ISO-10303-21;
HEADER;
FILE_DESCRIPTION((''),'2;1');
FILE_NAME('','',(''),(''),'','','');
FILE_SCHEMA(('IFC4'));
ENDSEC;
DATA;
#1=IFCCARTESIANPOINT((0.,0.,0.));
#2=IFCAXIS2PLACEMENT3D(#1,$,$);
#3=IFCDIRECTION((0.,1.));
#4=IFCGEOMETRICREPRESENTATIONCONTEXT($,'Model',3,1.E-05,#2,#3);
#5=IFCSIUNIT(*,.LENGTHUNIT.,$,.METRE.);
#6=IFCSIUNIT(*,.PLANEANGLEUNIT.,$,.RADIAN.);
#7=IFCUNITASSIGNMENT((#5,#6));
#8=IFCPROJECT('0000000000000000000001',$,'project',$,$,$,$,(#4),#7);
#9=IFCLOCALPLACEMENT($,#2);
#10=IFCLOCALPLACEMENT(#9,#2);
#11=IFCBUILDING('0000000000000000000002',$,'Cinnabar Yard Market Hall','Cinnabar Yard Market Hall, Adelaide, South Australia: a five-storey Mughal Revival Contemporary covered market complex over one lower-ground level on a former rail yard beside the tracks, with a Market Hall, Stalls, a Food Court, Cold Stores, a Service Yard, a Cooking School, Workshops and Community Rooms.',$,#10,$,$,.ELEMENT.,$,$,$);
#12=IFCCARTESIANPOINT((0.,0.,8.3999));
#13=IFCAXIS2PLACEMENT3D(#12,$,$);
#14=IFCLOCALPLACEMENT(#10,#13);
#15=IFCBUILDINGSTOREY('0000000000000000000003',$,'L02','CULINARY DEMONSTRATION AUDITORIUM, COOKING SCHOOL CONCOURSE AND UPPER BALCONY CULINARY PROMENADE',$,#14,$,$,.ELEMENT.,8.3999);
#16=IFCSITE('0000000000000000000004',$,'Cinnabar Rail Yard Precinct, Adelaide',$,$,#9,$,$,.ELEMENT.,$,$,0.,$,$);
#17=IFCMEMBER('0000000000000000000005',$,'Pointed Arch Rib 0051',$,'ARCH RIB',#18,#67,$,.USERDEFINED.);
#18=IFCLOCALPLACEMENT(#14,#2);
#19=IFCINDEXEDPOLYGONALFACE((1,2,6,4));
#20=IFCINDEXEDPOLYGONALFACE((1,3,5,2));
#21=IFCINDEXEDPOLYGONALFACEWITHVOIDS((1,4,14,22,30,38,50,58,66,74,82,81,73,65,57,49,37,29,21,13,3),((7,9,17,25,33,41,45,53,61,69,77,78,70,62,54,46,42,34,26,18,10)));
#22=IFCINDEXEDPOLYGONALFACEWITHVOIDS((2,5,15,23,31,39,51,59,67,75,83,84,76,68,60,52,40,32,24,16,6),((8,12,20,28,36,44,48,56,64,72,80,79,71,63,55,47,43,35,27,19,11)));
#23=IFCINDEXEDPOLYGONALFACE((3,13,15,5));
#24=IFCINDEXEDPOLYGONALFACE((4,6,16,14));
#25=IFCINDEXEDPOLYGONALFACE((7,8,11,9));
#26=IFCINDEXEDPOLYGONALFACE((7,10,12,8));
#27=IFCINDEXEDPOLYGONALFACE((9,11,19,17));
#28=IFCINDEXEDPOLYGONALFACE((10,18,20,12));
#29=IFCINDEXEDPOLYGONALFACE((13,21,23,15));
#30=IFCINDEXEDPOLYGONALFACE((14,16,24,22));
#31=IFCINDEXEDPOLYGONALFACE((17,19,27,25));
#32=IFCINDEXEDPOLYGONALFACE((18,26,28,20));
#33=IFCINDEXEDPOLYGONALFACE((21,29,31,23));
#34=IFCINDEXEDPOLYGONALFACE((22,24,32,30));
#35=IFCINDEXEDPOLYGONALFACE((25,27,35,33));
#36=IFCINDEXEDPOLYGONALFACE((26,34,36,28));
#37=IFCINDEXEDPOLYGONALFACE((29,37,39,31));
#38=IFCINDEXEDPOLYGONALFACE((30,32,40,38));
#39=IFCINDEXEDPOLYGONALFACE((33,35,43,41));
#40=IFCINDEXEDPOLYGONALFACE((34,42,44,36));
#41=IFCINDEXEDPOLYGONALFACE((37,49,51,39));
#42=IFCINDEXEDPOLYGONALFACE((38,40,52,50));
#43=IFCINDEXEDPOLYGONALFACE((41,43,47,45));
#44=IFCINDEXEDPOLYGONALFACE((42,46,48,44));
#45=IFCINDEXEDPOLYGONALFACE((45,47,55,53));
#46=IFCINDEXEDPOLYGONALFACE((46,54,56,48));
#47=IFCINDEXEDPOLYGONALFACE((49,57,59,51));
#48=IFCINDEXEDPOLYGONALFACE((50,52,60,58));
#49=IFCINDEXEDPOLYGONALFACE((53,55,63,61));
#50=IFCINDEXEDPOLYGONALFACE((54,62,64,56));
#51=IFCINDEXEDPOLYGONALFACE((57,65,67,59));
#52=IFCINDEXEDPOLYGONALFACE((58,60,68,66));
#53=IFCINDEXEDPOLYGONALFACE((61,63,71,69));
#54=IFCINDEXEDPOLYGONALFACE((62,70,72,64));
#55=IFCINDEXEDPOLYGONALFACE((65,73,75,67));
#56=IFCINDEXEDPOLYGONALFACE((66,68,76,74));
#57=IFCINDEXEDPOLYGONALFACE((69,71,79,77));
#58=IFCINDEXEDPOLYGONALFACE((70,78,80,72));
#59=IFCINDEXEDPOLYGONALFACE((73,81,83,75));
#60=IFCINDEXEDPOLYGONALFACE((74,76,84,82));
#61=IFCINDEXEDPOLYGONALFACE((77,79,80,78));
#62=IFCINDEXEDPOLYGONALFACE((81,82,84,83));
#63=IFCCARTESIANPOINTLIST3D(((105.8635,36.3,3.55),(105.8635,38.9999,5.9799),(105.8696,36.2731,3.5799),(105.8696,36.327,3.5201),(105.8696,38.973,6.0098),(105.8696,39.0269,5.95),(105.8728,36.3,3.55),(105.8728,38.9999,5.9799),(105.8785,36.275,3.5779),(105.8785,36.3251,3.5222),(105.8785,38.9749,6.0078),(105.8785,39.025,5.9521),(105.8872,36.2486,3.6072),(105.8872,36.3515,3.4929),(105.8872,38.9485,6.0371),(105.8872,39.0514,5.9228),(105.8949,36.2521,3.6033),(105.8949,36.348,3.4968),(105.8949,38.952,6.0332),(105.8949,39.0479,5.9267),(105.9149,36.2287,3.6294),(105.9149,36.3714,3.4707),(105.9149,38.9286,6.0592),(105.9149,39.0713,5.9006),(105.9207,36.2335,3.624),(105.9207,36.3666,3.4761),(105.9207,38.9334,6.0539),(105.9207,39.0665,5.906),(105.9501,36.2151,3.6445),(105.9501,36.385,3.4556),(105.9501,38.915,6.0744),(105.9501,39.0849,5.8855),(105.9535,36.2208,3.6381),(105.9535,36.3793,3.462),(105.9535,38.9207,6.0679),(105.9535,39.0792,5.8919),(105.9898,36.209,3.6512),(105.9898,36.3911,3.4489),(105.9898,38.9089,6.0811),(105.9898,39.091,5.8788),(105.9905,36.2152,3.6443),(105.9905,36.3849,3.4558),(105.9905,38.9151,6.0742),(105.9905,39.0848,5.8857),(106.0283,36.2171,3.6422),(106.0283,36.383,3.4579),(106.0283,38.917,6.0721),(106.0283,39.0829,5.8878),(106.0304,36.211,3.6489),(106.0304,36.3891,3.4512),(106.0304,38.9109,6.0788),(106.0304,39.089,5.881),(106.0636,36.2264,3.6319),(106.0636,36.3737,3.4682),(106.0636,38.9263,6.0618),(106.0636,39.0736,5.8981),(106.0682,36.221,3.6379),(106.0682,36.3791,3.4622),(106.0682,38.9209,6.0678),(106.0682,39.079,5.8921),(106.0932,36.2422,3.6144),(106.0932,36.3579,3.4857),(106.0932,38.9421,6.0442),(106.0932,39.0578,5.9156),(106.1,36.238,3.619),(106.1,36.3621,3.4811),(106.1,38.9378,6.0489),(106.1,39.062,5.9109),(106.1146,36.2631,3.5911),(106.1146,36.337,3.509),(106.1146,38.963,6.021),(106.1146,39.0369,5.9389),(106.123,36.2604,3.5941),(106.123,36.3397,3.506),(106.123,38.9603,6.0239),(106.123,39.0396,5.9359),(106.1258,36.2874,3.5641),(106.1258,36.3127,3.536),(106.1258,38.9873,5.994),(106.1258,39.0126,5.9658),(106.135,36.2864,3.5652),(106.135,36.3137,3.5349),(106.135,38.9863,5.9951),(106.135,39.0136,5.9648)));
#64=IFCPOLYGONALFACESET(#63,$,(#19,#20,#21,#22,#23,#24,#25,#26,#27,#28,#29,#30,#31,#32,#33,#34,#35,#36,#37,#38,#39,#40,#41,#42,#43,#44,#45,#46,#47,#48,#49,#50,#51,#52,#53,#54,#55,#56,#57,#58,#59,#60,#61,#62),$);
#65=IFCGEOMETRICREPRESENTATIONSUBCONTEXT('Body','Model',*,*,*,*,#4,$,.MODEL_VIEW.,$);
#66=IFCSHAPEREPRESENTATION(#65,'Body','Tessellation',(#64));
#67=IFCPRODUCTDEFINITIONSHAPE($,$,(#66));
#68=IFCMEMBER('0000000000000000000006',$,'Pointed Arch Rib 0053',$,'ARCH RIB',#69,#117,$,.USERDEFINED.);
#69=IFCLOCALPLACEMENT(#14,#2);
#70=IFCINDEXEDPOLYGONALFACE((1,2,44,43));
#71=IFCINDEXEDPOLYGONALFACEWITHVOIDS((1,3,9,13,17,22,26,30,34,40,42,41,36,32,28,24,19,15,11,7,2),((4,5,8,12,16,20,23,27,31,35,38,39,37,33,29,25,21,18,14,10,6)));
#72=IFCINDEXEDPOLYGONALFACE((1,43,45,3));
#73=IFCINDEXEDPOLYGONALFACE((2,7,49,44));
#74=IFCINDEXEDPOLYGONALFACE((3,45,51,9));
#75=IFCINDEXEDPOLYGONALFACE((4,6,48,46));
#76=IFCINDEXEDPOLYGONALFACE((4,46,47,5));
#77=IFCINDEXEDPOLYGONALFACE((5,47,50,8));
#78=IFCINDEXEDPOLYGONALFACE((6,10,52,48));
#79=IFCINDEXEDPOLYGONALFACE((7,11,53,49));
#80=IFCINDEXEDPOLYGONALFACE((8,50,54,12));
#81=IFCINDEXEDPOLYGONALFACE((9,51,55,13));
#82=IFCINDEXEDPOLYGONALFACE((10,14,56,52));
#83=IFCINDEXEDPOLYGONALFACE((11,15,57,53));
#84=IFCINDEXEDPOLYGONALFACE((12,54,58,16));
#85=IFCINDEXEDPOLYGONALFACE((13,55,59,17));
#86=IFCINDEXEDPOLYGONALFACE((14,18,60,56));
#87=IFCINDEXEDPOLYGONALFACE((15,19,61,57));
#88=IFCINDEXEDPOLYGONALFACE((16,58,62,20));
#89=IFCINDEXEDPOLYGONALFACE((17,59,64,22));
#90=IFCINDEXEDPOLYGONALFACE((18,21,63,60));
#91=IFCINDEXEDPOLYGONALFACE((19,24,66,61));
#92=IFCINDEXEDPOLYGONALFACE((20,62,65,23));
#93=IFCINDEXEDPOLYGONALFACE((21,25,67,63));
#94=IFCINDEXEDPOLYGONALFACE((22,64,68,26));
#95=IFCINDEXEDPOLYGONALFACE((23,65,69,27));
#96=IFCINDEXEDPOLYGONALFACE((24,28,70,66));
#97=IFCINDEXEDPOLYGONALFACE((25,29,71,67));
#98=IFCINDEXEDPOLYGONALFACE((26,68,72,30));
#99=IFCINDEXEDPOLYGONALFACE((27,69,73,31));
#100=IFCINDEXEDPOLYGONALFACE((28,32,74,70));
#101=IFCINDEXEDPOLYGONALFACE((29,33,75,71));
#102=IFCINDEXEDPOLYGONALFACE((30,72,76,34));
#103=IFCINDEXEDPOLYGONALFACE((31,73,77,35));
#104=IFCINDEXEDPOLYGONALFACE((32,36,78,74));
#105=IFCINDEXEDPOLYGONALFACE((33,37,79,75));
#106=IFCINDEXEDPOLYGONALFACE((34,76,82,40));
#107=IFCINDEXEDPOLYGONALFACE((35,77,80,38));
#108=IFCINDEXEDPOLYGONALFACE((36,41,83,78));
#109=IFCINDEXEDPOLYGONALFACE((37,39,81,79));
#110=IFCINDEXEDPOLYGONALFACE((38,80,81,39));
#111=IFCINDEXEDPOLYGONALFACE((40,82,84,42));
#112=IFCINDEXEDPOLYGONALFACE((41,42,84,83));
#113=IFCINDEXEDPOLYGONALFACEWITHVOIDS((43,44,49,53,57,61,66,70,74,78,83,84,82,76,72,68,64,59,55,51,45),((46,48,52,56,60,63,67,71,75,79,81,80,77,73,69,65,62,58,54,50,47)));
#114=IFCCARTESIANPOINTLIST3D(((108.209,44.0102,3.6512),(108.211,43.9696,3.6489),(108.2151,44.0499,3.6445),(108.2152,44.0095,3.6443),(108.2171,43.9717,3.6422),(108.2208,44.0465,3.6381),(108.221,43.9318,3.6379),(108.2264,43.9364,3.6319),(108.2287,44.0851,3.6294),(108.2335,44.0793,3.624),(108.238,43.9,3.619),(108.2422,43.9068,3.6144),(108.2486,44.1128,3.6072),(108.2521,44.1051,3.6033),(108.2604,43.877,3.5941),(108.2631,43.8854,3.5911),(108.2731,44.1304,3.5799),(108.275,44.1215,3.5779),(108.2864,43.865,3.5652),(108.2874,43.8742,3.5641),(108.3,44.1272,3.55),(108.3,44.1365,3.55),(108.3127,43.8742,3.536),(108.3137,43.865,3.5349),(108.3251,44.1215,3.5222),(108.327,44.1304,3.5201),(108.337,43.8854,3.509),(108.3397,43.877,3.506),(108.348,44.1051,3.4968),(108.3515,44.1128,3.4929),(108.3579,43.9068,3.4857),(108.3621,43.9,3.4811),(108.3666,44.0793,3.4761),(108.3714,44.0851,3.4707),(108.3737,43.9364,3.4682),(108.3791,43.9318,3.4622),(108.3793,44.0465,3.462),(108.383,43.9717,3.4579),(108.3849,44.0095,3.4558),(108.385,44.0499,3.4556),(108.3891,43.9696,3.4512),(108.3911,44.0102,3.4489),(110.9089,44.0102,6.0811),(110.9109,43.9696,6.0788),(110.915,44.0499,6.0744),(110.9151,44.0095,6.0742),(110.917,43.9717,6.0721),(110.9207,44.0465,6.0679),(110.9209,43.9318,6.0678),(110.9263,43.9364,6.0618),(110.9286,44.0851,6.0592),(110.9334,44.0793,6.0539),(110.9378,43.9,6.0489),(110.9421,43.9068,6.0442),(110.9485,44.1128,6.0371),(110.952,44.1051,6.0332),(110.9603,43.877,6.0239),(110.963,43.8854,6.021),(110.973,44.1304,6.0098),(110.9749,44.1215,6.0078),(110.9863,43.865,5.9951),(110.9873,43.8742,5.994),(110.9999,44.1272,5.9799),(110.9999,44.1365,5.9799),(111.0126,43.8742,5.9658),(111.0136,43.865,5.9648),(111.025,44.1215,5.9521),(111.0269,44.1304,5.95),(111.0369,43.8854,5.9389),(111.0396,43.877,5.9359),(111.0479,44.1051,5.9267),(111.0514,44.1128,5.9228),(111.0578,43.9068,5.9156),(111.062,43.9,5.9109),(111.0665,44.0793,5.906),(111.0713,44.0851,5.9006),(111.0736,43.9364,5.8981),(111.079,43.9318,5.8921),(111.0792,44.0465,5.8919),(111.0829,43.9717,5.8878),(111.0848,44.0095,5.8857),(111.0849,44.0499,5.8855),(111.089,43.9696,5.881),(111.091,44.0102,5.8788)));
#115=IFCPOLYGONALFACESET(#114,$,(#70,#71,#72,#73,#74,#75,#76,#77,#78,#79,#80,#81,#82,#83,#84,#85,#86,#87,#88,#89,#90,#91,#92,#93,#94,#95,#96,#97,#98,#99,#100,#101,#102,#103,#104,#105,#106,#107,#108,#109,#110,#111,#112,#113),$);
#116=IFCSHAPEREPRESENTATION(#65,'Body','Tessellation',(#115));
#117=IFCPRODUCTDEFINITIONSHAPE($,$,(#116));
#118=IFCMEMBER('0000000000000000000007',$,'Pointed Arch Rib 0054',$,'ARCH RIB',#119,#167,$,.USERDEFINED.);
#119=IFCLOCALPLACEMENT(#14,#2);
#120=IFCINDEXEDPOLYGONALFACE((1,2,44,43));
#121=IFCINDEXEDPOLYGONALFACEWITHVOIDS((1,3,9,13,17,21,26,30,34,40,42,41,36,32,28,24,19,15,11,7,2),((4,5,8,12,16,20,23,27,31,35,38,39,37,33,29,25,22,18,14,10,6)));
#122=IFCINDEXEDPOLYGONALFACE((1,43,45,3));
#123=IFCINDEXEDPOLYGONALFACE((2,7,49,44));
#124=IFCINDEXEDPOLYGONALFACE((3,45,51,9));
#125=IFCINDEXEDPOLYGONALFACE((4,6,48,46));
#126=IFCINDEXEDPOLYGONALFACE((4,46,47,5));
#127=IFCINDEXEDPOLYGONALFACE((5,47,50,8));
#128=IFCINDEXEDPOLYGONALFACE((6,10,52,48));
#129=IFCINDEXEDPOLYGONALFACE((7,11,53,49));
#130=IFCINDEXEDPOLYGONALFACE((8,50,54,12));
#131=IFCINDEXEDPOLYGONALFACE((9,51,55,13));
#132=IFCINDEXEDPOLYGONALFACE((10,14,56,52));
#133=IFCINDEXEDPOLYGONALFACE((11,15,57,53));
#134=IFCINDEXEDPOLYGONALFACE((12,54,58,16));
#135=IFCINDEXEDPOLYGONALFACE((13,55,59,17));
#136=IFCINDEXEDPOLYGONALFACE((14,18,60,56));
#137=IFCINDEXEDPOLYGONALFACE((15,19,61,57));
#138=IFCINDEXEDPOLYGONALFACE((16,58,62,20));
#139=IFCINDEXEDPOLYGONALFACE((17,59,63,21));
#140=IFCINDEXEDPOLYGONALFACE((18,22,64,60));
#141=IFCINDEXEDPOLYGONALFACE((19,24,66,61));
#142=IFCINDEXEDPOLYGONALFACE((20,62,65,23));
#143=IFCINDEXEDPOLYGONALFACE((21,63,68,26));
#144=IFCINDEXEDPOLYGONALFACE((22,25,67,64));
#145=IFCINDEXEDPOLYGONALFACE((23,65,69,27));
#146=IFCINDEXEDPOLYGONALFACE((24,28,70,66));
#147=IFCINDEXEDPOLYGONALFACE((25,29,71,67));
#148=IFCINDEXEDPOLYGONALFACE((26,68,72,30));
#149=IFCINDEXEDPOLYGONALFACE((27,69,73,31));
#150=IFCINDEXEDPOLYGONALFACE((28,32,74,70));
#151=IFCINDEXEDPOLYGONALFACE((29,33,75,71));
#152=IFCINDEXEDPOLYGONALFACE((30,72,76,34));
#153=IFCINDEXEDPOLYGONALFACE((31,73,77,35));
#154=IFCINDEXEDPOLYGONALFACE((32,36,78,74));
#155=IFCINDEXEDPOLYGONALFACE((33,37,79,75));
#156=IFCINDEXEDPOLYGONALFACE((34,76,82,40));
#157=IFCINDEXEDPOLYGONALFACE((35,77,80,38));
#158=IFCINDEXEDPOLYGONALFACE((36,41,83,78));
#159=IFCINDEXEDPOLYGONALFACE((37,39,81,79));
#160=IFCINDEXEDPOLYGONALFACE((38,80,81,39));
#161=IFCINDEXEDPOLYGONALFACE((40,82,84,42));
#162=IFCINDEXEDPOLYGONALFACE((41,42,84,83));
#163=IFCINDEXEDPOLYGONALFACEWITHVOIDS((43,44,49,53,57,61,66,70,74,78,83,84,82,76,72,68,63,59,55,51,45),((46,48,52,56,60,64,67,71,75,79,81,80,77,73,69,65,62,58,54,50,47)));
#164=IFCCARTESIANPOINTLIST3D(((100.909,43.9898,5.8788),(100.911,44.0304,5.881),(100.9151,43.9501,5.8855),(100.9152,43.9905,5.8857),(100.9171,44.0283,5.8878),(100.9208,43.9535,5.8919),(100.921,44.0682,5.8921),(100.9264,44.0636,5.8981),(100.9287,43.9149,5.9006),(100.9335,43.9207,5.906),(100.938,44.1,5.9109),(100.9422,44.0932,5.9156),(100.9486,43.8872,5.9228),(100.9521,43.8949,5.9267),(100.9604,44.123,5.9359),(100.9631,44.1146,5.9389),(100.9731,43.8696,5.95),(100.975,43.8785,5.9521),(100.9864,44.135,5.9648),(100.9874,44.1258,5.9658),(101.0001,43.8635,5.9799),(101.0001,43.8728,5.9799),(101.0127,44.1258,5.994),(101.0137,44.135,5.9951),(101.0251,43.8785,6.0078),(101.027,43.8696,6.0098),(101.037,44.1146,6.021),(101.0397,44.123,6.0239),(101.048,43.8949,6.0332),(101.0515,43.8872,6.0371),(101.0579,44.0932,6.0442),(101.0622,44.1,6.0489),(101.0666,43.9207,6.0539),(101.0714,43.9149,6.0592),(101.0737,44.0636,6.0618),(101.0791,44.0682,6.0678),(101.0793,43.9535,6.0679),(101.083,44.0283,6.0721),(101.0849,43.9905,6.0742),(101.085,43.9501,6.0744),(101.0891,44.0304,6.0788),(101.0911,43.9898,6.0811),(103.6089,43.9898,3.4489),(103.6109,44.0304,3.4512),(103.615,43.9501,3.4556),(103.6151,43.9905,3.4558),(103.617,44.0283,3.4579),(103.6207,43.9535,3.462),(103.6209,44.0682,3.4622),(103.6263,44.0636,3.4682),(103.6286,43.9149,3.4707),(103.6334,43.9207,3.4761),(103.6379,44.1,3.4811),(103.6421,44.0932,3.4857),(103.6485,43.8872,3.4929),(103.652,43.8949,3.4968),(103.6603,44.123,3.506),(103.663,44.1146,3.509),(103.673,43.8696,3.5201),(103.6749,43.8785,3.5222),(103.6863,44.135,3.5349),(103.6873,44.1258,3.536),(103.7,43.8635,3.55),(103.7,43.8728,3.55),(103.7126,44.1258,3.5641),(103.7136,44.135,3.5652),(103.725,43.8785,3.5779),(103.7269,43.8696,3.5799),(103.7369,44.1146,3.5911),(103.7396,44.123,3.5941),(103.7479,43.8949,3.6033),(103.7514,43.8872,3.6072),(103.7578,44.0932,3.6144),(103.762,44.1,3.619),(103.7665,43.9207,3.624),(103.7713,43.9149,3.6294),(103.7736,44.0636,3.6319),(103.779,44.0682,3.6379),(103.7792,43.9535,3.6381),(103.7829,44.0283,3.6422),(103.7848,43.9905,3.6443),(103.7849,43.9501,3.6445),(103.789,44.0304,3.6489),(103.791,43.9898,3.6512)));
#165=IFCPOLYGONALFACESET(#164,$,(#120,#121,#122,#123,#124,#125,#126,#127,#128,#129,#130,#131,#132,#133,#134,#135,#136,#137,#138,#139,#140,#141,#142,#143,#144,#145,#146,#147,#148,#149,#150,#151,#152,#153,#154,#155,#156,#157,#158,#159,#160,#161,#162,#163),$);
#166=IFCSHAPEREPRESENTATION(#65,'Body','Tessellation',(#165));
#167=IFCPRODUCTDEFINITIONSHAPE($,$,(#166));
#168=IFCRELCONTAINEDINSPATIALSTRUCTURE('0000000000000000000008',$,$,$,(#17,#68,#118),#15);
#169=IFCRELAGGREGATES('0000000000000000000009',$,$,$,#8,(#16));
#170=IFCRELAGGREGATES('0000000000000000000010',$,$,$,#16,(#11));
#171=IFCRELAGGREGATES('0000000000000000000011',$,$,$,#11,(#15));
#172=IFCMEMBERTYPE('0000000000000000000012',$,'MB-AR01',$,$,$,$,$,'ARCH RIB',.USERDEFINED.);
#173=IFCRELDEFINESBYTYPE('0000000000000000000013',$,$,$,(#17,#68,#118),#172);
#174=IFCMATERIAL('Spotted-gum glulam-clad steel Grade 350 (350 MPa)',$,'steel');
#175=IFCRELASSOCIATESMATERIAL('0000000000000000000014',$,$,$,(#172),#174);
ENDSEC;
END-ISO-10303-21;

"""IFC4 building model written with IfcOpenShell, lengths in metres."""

from ifc_helpers import new_model, si_unit, direction, frame, origin, origin_2d_with_axis, place, context, subcontext, project, spatial, hollow_circle, extrude, material, material_profile, profile_set, type_object, element, save


model = new_model("IFC4")

# Units and contexts
model_context = context("Model", 3, precision=1e-05, world=origin(), true_north=direction((0.0, 1.0)))
body_context = subcontext(model_context, "Body", "Model", "MODEL_VIEW")
ifc_project = project(units=[si_unit("LENGTHUNIT", "METRE"), si_unit("PLANEANGLEUNIT", "RADIAN")], contexts=[model_context])

# Site, building, storey
site_placement = place(None, origin())
site = spatial("IfcSite", under=ifc_project, at=site_placement, Name="Cinnabar Rail Yard Precinct, Adelaide", CompositionType="ELEMENT", RefElevation=0.0)
building_placement = place(site_placement, origin())
building = spatial("IfcBuilding", under=site, at=building_placement, Name="Cinnabar Yard Market Hall", Description="Cinnabar Yard Market Hall, Adelaide, South Australia: a five-storey Mughal Revival Contemporary covered market complex over one lower-ground level on a former rail yard beside the tracks, with a Market Hall, Stalls, a Food Court, Cold Stores, a Service Yard, a Cooking School, Workshops and Community Rooms.", CompositionType="ELEMENT")
storey_placement = place(building_placement, frame((0.0, 0.0, 8.3999)))
storey = spatial("IfcBuildingStorey", under=building, at=storey_placement, Name="L02", Description="CULINARY DEMONSTRATION AUDITORIUM, COOKING SCHOOL CONCOURSE AND UPPER BALCONY CULINARY PROMENADE", CompositionType="ELEMENT", Elevation=8.3999)

# Shared definitions
ifc_material_1 = material(Name="Spotted-gum glulam-clad steel Grade 350 (350 MPa)", Category="steel")

# Members
ifc_material_profile_1 = material_profile(ifc_material_1, hollow_circle(Radius=0.1365, WallThickness=0.0093, at=origin_2d_with_axis()), Name="273.1x9.3CHS")
ifc_profile_set_1 = profile_set([ifc_material_profile_1], Name="Spotted-gum glulam-clad steel Grade 350 (350 MPa)")
member_type_1 = type_object("IfcMemberType", Name="MB-AR01", ElementType="ARCH RIB", PredefinedType="USERDEFINED", material=ifc_profile_set_1)
for number, where, z_axis, x_axis, name in (
    (1, (106.0, 36.3, 3.55), (0.0, 0.743297, 0.668961), (-1.0, 0.0, 0.0), "Pointed Arch Rib 0051"),
    (2, (108.3, 44.0, 3.55), (0.743297, 0.0, 0.668961), (0.0, 1.0, 0.0), "Pointed Arch Rib 0053"),
    (3, (103.7, 44.0, 3.55), (-0.743297, 0.0, 0.668961), (0.0, -1.0, 0.0), "Pointed Arch Rib 0054"),
):
    element("IfcMember", number, at=place(storey_placement, frame(where, z_axis=z_axis, x_axis=x_axis)), inside=storey, type_object=member_type_1, Name=name, ObjectType="ARCH RIB", PredefinedType="USERDEFINED", context=body_context, shape_type="SweptSolid", body=[
        extrude(hollow_circle(Radius=0.1365, WallThickness=0.0093, at=origin_2d_with_axis()), origin(), (0.0, 0.0, 1.0), 3.6323),
    ])

save(model, "model.ifc")
